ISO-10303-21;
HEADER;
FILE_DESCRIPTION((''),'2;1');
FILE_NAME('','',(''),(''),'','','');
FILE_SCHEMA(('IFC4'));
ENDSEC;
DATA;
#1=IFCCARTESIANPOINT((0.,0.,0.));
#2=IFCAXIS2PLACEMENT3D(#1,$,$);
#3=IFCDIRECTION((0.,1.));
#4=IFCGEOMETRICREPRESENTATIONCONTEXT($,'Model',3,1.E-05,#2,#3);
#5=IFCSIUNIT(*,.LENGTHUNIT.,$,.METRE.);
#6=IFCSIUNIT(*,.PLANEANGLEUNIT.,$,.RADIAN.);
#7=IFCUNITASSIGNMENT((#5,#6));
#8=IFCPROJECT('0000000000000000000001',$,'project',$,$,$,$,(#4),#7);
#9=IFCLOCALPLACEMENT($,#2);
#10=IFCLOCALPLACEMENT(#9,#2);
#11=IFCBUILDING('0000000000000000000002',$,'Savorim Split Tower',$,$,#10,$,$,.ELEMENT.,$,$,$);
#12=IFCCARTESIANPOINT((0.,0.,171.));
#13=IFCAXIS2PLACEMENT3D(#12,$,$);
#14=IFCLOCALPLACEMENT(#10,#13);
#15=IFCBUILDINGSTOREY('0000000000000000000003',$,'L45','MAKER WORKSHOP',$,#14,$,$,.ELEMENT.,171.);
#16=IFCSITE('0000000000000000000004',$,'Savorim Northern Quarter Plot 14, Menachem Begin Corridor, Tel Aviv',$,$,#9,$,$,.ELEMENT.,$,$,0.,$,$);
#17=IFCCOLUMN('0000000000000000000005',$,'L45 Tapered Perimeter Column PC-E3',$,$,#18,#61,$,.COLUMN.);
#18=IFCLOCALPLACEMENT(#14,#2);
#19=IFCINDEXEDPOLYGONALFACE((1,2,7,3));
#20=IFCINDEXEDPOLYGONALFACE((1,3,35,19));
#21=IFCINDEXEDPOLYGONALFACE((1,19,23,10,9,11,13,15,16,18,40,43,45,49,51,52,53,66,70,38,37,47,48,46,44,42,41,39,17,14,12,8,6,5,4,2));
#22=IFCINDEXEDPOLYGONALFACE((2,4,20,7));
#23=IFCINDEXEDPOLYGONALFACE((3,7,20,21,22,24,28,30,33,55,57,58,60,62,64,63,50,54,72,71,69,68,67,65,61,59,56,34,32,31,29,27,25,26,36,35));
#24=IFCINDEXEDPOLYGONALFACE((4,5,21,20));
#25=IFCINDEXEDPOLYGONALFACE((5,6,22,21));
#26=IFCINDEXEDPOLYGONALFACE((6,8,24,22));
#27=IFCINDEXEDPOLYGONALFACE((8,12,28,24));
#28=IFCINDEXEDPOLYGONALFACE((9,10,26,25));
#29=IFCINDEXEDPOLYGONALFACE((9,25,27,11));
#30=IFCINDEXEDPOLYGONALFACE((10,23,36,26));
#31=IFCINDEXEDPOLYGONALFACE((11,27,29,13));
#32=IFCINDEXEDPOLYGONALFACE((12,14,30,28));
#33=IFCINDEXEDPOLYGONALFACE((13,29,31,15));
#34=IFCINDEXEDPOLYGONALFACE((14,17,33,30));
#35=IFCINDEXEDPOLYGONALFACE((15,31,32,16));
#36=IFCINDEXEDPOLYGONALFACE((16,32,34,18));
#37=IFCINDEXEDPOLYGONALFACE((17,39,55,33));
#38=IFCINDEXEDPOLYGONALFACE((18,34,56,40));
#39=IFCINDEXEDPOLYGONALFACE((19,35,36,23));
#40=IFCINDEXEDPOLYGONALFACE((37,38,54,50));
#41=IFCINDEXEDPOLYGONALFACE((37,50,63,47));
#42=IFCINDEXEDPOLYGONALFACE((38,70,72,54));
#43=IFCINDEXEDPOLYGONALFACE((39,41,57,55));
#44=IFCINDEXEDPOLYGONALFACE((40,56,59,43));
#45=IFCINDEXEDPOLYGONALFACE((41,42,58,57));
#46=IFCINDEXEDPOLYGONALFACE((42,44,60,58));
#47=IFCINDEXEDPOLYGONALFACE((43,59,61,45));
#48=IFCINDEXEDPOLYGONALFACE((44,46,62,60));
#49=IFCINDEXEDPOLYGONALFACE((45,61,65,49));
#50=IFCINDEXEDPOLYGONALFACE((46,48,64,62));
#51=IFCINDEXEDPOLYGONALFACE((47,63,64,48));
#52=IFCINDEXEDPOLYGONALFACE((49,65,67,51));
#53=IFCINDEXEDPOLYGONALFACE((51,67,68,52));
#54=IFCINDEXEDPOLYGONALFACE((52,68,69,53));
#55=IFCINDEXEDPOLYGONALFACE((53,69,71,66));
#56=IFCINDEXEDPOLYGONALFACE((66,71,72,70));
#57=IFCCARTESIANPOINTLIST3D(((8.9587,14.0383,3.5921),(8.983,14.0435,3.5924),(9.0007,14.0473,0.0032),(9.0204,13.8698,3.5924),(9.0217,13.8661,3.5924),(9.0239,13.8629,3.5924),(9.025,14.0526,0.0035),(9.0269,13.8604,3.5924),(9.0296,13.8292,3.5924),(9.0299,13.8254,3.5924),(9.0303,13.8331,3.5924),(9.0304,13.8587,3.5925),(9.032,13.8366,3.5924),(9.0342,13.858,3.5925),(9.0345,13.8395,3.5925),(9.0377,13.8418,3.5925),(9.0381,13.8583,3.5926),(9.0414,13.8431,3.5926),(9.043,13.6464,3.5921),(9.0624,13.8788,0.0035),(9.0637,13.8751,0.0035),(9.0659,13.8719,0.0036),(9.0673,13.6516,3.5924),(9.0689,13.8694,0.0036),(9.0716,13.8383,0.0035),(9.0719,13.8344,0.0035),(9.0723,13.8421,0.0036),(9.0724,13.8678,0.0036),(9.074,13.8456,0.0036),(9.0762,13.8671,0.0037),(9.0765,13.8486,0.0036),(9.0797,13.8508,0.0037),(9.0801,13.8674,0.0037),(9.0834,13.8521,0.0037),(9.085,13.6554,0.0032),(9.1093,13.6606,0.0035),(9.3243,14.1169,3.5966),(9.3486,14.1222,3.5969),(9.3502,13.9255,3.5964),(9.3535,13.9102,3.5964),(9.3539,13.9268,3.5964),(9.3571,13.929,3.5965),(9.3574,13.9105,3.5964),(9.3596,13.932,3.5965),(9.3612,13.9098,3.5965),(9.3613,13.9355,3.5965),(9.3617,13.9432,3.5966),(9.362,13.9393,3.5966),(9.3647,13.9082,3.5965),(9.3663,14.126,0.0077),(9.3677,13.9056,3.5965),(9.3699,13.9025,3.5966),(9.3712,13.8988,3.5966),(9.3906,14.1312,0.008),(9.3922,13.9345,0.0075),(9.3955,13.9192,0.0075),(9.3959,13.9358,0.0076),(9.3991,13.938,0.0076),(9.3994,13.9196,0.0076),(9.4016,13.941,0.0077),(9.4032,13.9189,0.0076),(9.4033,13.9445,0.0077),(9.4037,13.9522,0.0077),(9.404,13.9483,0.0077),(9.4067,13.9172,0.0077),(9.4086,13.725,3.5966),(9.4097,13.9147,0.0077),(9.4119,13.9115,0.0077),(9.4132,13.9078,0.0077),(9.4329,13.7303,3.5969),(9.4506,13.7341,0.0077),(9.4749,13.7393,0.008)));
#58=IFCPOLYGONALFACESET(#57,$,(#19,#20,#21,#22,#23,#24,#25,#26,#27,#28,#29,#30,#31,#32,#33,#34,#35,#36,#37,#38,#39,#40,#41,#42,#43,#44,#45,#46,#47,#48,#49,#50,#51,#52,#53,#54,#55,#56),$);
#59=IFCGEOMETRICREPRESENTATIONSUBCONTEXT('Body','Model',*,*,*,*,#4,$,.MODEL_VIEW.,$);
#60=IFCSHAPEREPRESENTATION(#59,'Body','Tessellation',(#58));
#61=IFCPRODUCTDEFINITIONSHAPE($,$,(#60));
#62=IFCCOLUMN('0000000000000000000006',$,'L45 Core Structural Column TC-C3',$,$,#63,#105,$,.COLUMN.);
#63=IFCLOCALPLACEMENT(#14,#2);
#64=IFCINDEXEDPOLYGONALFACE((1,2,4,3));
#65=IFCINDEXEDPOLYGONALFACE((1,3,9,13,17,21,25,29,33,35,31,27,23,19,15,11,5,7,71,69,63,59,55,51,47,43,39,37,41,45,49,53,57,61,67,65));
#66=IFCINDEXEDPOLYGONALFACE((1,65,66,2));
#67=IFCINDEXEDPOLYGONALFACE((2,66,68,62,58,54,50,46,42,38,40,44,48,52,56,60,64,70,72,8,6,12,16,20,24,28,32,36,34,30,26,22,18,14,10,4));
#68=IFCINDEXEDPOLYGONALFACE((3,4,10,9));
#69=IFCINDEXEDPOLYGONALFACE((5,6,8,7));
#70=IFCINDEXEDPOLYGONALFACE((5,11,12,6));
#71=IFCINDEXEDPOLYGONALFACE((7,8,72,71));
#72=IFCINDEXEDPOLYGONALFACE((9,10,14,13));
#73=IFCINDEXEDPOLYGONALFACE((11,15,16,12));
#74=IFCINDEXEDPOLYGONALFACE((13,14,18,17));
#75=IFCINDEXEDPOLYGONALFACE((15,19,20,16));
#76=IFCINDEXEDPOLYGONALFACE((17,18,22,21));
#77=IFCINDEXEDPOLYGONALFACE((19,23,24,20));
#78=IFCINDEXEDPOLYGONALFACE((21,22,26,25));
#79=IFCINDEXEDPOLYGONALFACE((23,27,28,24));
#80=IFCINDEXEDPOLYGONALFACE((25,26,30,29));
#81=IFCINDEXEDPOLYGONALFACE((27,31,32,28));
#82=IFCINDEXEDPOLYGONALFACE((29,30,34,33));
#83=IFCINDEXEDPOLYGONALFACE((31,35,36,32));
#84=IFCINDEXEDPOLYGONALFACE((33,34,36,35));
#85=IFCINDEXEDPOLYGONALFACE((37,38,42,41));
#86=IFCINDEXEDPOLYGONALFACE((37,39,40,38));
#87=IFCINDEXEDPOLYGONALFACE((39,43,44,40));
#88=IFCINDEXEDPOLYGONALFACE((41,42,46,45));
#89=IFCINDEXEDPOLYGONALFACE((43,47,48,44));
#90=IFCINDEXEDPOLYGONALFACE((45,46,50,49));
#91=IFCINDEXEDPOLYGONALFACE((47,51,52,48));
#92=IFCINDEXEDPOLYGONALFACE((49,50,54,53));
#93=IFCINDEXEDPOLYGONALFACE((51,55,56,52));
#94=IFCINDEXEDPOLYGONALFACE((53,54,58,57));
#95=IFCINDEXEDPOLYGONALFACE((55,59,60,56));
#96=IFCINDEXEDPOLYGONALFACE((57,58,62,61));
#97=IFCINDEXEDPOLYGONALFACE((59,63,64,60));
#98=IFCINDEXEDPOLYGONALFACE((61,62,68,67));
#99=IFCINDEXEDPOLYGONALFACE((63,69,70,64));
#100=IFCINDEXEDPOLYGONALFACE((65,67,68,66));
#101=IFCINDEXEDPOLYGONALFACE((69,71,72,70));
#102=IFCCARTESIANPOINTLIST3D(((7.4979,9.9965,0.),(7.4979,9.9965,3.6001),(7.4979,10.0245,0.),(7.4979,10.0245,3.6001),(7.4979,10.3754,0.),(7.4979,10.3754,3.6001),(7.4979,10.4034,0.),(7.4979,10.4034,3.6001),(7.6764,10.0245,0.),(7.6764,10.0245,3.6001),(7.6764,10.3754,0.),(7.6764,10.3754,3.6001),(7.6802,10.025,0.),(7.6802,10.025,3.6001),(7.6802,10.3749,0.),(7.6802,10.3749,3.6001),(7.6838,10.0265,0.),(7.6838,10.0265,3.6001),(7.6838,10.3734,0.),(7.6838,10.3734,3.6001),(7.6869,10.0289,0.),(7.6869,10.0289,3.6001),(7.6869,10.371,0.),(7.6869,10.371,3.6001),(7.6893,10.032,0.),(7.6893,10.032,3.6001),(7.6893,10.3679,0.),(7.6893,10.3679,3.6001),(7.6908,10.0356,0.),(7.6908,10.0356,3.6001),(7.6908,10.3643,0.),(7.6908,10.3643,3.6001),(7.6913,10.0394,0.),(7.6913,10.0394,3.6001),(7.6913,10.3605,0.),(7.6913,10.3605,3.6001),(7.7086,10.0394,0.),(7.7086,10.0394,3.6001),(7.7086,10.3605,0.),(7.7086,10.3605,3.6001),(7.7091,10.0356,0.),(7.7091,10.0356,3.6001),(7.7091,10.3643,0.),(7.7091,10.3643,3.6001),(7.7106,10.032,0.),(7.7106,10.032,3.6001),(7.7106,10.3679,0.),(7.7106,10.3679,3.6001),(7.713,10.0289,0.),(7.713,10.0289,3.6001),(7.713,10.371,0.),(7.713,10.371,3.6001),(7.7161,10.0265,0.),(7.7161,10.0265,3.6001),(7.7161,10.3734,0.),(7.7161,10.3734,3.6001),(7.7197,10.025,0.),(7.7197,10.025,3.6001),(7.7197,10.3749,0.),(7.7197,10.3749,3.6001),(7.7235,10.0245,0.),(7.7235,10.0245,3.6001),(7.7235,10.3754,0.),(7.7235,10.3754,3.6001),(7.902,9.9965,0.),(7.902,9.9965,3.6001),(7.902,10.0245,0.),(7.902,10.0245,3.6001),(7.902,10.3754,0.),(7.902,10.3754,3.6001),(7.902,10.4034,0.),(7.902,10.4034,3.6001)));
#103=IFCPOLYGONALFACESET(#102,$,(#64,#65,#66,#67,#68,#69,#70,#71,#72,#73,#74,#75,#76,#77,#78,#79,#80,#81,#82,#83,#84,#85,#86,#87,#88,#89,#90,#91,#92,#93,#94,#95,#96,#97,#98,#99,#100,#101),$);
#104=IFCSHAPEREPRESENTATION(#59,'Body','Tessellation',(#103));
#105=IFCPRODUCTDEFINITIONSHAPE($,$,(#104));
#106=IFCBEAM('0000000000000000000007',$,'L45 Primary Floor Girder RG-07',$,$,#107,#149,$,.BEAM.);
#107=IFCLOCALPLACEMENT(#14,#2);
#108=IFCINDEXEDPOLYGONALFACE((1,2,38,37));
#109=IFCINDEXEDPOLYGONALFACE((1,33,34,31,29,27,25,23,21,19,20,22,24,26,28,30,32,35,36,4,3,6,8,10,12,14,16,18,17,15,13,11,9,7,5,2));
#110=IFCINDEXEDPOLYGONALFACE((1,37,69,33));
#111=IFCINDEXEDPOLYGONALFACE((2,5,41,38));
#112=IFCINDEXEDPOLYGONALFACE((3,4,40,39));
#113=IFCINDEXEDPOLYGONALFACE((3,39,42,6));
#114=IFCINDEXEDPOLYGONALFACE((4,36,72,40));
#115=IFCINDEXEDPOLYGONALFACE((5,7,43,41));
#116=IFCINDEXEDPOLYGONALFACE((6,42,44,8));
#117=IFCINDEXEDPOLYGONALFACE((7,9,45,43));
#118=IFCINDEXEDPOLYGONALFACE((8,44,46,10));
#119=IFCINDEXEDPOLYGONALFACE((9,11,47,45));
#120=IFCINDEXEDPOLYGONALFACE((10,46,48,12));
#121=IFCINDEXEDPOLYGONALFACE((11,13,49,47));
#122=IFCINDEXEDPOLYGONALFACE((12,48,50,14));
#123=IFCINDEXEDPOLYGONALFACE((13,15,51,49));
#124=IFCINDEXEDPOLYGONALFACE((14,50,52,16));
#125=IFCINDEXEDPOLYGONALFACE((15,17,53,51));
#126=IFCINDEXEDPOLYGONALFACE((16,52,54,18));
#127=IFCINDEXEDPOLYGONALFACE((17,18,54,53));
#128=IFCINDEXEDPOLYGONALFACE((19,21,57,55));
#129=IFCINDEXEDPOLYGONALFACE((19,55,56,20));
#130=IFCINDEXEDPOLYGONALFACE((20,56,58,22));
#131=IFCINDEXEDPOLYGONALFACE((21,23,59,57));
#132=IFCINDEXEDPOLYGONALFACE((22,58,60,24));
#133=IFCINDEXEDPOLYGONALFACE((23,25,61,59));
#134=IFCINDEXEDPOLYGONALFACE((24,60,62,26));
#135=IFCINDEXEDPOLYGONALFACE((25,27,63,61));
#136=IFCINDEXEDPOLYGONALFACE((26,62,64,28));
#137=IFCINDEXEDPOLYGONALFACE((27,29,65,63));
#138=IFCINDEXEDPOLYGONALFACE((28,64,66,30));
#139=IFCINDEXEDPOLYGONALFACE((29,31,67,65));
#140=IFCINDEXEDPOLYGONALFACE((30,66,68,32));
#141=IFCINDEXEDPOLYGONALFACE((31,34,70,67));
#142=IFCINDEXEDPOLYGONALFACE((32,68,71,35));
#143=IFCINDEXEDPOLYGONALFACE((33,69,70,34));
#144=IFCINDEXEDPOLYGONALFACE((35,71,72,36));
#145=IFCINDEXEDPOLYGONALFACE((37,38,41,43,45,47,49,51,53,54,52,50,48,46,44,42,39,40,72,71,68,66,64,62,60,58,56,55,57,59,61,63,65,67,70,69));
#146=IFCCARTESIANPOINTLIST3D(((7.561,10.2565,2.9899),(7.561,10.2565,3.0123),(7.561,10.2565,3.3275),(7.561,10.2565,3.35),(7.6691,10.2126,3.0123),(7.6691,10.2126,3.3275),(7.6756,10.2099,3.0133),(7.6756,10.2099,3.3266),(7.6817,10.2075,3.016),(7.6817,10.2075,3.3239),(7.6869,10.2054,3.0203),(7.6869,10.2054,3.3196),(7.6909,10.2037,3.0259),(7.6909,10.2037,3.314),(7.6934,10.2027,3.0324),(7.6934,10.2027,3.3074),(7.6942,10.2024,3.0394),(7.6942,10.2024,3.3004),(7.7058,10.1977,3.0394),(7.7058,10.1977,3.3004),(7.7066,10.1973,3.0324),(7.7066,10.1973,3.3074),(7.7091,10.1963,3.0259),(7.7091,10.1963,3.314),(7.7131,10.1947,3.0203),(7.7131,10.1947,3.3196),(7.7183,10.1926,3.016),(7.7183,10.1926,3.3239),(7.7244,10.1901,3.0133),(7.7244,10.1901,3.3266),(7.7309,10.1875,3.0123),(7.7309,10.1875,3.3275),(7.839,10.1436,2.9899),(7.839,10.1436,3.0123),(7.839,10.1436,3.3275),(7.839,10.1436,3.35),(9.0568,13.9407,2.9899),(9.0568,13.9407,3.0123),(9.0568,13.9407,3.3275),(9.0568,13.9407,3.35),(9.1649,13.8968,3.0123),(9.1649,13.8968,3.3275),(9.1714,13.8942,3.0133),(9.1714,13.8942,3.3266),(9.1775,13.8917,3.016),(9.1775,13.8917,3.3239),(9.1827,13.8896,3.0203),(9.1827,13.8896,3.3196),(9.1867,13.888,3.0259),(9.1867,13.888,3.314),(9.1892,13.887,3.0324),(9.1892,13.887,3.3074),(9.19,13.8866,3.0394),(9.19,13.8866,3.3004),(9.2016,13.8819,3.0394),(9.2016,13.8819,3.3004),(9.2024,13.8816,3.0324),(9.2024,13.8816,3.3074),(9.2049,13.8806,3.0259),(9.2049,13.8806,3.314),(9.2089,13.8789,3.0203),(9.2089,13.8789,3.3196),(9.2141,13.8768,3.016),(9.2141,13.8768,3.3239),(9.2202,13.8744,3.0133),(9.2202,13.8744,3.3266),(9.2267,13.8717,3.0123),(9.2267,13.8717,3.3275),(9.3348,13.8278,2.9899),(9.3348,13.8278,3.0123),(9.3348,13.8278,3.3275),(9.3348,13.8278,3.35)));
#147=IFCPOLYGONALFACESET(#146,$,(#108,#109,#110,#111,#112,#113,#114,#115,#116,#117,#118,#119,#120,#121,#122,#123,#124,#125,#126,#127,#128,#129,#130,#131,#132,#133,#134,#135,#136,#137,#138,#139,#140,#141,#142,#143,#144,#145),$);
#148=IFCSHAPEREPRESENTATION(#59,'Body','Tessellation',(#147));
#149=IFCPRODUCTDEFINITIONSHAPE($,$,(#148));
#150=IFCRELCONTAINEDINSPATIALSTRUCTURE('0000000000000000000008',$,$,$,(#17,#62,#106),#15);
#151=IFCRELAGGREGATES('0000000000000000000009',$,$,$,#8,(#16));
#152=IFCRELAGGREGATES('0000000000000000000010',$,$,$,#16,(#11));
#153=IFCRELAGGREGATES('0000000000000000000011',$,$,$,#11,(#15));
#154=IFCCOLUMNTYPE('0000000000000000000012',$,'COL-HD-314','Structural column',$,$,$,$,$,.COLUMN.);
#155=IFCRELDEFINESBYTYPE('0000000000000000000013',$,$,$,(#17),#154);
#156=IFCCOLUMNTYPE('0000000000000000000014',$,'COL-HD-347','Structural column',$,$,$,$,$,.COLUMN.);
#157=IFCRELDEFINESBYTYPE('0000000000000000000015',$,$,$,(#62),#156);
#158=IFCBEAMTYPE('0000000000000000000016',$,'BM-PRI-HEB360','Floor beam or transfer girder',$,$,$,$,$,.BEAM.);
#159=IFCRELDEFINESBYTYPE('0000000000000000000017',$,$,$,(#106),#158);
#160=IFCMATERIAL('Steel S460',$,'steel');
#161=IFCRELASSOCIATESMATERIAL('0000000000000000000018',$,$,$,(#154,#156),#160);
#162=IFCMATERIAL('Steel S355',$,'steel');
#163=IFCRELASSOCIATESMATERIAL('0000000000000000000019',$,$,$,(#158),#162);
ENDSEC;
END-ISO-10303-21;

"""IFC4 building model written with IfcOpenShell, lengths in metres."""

from ifc_helpers import new_model, si_unit, direction, frame, origin, origin_2d, place, context, subcontext, project, spatial, i_section, extrude, material, material_profile, profile_set, type_object, element, save


model = new_model("IFC4")

# Units and contexts
model_context = context("Model", 3, precision=1e-05, world=origin(), true_north=direction((0.0, 1.0)))
body_context = subcontext(model_context, "Body", "Model", "MODEL_VIEW")
ifc_project = project(units=[si_unit("LENGTHUNIT", "METRE"), si_unit("PLANEANGLEUNIT", "RADIAN")], contexts=[model_context])

# Site, building, storey
site_placement = place(None, origin())
site = spatial("IfcSite", under=ifc_project, at=site_placement, Name="Savorim Northern Quarter Plot 14, Menachem Begin Corridor, Tel Aviv", CompositionType="ELEMENT", RefElevation=0.0)
building_placement = place(site_placement, origin())
building = spatial("IfcBuilding", under=site, at=building_placement, Name="Savorim Split Tower", CompositionType="ELEMENT")
storey_placement = place(building_placement, frame((0.0, 0.0, 171.0)))
storey = spatial("IfcBuildingStorey", under=building, at=storey_placement, Name="L45", Description="MAKER WORKSHOP", CompositionType="ELEMENT", Elevation=171.0)

# Columns
ifc_material_1 = material(Name="Steel S460", Category="steel")
ifc_material_profile_1 = material_profile(ifc_material_1, i_section(OverallWidth=0.4009, OverallDepth=0.3989, WebThickness=0.0156, FlangeThickness=0.0249, FilletRadius=0.0149, at=origin_2d()), Name="HD 400x314")
ifc_profile_set_1 = profile_set([ifc_material_profile_1], Name="Steel S460")
column_type_1 = type_object("IfcColumnType", Name="COL-HD-314", Description="Structural column", PredefinedType="COLUMN", material=ifc_profile_set_1)
column_1_placement = place(storey_placement, frame((9.2378, 13.8933, 0.0056), z_axis=(-0.0117, -0.002517, 0.999928), x_axis=(0.210305, -0.977636, 0.0)))
element("IfcColumn", 1, at=column_1_placement, inside=storey, type_object=column_type_1, Name="L45 Tapered Perimeter Column PC-E3", PredefinedType="COLUMN", context=body_context, shape_type="SweptSolid", body=[
    extrude(i_section(OverallWidth=0.4009, OverallDepth=0.3989, WebThickness=0.0156, FlangeThickness=0.0249, FilletRadius=0.0149, at=origin_2d()), origin(), (0.0, 0.0, 1.0), 3.5891),
])
ifc_material_profile_2 = material_profile(ifc_material_1, i_section(OverallWidth=0.4041, OverallDepth=0.407, WebThickness=0.0173, FlangeThickness=0.0281, FilletRadius=0.0149, at=origin_2d()), Name="HD 400x347")
ifc_profile_set_2 = profile_set([ifc_material_profile_2], Name="Steel S460")
column_type_2 = type_object("IfcColumnType", Name="COL-HD-347", Description="Structural column", PredefinedType="COLUMN", material=ifc_profile_set_2)
column_2_placement = place(storey_placement, frame((7.7, 10.2, 0.0), z_axis=(0.0, 0.0, 1.0), x_axis=(1.0, 0.0, 0.0)))
element("IfcColumn", 2, at=column_2_placement, inside=storey, type_object=column_type_2, Name="L45 Core Structural Column TC-C3", PredefinedType="COLUMN", context=body_context, shape_type="SweptSolid", body=[
    extrude(i_section(OverallWidth=0.4041, OverallDepth=0.407, WebThickness=0.0173, FlangeThickness=0.0281, FilletRadius=0.0149, at=origin_2d()), origin(), (0.0, 0.0, 1.0), 3.6001),
])

# Beam
ifc_material_2 = material(Name="Steel S355", Category="steel")
ifc_material_profile_3 = material_profile(ifc_material_2, i_section(OverallWidth=0.3, OverallDepth=0.3601, WebThickness=0.0125, FlangeThickness=0.0225, FilletRadius=0.0271, at=origin_2d()), Name="HEB 360")
ifc_profile_set_3 = profile_set([ifc_material_profile_3], Name="Steel S355")
beam_type_1 = type_object("IfcBeamType", Name="BM-PRI-HEB360", Description="Floor beam or transfer girder", PredefinedType="BEAM", material=ifc_profile_set_3)
beam_1_placement = place(storey_placement, frame((9.1958, 13.8843, 3.1699), z_axis=(-0.376181, -0.926546, 0.0), x_axis=(0.926546, -0.376181, 0.0)))
element("IfcBeam", 3, at=beam_1_placement, inside=storey, type_object=beam_type_1, Name="L45 Primary Floor Girder RG-07", PredefinedType="BEAM", context=body_context, shape_type="SweptSolid", body=[
    extrude(i_section(OverallWidth=0.3, OverallDepth=0.3601, WebThickness=0.0125, FlangeThickness=0.0225, FilletRadius=0.0271, at=origin_2d()), origin(), (0.0, 0.0, 1.0), 3.9763),
])

save(model, "model.ifc")
